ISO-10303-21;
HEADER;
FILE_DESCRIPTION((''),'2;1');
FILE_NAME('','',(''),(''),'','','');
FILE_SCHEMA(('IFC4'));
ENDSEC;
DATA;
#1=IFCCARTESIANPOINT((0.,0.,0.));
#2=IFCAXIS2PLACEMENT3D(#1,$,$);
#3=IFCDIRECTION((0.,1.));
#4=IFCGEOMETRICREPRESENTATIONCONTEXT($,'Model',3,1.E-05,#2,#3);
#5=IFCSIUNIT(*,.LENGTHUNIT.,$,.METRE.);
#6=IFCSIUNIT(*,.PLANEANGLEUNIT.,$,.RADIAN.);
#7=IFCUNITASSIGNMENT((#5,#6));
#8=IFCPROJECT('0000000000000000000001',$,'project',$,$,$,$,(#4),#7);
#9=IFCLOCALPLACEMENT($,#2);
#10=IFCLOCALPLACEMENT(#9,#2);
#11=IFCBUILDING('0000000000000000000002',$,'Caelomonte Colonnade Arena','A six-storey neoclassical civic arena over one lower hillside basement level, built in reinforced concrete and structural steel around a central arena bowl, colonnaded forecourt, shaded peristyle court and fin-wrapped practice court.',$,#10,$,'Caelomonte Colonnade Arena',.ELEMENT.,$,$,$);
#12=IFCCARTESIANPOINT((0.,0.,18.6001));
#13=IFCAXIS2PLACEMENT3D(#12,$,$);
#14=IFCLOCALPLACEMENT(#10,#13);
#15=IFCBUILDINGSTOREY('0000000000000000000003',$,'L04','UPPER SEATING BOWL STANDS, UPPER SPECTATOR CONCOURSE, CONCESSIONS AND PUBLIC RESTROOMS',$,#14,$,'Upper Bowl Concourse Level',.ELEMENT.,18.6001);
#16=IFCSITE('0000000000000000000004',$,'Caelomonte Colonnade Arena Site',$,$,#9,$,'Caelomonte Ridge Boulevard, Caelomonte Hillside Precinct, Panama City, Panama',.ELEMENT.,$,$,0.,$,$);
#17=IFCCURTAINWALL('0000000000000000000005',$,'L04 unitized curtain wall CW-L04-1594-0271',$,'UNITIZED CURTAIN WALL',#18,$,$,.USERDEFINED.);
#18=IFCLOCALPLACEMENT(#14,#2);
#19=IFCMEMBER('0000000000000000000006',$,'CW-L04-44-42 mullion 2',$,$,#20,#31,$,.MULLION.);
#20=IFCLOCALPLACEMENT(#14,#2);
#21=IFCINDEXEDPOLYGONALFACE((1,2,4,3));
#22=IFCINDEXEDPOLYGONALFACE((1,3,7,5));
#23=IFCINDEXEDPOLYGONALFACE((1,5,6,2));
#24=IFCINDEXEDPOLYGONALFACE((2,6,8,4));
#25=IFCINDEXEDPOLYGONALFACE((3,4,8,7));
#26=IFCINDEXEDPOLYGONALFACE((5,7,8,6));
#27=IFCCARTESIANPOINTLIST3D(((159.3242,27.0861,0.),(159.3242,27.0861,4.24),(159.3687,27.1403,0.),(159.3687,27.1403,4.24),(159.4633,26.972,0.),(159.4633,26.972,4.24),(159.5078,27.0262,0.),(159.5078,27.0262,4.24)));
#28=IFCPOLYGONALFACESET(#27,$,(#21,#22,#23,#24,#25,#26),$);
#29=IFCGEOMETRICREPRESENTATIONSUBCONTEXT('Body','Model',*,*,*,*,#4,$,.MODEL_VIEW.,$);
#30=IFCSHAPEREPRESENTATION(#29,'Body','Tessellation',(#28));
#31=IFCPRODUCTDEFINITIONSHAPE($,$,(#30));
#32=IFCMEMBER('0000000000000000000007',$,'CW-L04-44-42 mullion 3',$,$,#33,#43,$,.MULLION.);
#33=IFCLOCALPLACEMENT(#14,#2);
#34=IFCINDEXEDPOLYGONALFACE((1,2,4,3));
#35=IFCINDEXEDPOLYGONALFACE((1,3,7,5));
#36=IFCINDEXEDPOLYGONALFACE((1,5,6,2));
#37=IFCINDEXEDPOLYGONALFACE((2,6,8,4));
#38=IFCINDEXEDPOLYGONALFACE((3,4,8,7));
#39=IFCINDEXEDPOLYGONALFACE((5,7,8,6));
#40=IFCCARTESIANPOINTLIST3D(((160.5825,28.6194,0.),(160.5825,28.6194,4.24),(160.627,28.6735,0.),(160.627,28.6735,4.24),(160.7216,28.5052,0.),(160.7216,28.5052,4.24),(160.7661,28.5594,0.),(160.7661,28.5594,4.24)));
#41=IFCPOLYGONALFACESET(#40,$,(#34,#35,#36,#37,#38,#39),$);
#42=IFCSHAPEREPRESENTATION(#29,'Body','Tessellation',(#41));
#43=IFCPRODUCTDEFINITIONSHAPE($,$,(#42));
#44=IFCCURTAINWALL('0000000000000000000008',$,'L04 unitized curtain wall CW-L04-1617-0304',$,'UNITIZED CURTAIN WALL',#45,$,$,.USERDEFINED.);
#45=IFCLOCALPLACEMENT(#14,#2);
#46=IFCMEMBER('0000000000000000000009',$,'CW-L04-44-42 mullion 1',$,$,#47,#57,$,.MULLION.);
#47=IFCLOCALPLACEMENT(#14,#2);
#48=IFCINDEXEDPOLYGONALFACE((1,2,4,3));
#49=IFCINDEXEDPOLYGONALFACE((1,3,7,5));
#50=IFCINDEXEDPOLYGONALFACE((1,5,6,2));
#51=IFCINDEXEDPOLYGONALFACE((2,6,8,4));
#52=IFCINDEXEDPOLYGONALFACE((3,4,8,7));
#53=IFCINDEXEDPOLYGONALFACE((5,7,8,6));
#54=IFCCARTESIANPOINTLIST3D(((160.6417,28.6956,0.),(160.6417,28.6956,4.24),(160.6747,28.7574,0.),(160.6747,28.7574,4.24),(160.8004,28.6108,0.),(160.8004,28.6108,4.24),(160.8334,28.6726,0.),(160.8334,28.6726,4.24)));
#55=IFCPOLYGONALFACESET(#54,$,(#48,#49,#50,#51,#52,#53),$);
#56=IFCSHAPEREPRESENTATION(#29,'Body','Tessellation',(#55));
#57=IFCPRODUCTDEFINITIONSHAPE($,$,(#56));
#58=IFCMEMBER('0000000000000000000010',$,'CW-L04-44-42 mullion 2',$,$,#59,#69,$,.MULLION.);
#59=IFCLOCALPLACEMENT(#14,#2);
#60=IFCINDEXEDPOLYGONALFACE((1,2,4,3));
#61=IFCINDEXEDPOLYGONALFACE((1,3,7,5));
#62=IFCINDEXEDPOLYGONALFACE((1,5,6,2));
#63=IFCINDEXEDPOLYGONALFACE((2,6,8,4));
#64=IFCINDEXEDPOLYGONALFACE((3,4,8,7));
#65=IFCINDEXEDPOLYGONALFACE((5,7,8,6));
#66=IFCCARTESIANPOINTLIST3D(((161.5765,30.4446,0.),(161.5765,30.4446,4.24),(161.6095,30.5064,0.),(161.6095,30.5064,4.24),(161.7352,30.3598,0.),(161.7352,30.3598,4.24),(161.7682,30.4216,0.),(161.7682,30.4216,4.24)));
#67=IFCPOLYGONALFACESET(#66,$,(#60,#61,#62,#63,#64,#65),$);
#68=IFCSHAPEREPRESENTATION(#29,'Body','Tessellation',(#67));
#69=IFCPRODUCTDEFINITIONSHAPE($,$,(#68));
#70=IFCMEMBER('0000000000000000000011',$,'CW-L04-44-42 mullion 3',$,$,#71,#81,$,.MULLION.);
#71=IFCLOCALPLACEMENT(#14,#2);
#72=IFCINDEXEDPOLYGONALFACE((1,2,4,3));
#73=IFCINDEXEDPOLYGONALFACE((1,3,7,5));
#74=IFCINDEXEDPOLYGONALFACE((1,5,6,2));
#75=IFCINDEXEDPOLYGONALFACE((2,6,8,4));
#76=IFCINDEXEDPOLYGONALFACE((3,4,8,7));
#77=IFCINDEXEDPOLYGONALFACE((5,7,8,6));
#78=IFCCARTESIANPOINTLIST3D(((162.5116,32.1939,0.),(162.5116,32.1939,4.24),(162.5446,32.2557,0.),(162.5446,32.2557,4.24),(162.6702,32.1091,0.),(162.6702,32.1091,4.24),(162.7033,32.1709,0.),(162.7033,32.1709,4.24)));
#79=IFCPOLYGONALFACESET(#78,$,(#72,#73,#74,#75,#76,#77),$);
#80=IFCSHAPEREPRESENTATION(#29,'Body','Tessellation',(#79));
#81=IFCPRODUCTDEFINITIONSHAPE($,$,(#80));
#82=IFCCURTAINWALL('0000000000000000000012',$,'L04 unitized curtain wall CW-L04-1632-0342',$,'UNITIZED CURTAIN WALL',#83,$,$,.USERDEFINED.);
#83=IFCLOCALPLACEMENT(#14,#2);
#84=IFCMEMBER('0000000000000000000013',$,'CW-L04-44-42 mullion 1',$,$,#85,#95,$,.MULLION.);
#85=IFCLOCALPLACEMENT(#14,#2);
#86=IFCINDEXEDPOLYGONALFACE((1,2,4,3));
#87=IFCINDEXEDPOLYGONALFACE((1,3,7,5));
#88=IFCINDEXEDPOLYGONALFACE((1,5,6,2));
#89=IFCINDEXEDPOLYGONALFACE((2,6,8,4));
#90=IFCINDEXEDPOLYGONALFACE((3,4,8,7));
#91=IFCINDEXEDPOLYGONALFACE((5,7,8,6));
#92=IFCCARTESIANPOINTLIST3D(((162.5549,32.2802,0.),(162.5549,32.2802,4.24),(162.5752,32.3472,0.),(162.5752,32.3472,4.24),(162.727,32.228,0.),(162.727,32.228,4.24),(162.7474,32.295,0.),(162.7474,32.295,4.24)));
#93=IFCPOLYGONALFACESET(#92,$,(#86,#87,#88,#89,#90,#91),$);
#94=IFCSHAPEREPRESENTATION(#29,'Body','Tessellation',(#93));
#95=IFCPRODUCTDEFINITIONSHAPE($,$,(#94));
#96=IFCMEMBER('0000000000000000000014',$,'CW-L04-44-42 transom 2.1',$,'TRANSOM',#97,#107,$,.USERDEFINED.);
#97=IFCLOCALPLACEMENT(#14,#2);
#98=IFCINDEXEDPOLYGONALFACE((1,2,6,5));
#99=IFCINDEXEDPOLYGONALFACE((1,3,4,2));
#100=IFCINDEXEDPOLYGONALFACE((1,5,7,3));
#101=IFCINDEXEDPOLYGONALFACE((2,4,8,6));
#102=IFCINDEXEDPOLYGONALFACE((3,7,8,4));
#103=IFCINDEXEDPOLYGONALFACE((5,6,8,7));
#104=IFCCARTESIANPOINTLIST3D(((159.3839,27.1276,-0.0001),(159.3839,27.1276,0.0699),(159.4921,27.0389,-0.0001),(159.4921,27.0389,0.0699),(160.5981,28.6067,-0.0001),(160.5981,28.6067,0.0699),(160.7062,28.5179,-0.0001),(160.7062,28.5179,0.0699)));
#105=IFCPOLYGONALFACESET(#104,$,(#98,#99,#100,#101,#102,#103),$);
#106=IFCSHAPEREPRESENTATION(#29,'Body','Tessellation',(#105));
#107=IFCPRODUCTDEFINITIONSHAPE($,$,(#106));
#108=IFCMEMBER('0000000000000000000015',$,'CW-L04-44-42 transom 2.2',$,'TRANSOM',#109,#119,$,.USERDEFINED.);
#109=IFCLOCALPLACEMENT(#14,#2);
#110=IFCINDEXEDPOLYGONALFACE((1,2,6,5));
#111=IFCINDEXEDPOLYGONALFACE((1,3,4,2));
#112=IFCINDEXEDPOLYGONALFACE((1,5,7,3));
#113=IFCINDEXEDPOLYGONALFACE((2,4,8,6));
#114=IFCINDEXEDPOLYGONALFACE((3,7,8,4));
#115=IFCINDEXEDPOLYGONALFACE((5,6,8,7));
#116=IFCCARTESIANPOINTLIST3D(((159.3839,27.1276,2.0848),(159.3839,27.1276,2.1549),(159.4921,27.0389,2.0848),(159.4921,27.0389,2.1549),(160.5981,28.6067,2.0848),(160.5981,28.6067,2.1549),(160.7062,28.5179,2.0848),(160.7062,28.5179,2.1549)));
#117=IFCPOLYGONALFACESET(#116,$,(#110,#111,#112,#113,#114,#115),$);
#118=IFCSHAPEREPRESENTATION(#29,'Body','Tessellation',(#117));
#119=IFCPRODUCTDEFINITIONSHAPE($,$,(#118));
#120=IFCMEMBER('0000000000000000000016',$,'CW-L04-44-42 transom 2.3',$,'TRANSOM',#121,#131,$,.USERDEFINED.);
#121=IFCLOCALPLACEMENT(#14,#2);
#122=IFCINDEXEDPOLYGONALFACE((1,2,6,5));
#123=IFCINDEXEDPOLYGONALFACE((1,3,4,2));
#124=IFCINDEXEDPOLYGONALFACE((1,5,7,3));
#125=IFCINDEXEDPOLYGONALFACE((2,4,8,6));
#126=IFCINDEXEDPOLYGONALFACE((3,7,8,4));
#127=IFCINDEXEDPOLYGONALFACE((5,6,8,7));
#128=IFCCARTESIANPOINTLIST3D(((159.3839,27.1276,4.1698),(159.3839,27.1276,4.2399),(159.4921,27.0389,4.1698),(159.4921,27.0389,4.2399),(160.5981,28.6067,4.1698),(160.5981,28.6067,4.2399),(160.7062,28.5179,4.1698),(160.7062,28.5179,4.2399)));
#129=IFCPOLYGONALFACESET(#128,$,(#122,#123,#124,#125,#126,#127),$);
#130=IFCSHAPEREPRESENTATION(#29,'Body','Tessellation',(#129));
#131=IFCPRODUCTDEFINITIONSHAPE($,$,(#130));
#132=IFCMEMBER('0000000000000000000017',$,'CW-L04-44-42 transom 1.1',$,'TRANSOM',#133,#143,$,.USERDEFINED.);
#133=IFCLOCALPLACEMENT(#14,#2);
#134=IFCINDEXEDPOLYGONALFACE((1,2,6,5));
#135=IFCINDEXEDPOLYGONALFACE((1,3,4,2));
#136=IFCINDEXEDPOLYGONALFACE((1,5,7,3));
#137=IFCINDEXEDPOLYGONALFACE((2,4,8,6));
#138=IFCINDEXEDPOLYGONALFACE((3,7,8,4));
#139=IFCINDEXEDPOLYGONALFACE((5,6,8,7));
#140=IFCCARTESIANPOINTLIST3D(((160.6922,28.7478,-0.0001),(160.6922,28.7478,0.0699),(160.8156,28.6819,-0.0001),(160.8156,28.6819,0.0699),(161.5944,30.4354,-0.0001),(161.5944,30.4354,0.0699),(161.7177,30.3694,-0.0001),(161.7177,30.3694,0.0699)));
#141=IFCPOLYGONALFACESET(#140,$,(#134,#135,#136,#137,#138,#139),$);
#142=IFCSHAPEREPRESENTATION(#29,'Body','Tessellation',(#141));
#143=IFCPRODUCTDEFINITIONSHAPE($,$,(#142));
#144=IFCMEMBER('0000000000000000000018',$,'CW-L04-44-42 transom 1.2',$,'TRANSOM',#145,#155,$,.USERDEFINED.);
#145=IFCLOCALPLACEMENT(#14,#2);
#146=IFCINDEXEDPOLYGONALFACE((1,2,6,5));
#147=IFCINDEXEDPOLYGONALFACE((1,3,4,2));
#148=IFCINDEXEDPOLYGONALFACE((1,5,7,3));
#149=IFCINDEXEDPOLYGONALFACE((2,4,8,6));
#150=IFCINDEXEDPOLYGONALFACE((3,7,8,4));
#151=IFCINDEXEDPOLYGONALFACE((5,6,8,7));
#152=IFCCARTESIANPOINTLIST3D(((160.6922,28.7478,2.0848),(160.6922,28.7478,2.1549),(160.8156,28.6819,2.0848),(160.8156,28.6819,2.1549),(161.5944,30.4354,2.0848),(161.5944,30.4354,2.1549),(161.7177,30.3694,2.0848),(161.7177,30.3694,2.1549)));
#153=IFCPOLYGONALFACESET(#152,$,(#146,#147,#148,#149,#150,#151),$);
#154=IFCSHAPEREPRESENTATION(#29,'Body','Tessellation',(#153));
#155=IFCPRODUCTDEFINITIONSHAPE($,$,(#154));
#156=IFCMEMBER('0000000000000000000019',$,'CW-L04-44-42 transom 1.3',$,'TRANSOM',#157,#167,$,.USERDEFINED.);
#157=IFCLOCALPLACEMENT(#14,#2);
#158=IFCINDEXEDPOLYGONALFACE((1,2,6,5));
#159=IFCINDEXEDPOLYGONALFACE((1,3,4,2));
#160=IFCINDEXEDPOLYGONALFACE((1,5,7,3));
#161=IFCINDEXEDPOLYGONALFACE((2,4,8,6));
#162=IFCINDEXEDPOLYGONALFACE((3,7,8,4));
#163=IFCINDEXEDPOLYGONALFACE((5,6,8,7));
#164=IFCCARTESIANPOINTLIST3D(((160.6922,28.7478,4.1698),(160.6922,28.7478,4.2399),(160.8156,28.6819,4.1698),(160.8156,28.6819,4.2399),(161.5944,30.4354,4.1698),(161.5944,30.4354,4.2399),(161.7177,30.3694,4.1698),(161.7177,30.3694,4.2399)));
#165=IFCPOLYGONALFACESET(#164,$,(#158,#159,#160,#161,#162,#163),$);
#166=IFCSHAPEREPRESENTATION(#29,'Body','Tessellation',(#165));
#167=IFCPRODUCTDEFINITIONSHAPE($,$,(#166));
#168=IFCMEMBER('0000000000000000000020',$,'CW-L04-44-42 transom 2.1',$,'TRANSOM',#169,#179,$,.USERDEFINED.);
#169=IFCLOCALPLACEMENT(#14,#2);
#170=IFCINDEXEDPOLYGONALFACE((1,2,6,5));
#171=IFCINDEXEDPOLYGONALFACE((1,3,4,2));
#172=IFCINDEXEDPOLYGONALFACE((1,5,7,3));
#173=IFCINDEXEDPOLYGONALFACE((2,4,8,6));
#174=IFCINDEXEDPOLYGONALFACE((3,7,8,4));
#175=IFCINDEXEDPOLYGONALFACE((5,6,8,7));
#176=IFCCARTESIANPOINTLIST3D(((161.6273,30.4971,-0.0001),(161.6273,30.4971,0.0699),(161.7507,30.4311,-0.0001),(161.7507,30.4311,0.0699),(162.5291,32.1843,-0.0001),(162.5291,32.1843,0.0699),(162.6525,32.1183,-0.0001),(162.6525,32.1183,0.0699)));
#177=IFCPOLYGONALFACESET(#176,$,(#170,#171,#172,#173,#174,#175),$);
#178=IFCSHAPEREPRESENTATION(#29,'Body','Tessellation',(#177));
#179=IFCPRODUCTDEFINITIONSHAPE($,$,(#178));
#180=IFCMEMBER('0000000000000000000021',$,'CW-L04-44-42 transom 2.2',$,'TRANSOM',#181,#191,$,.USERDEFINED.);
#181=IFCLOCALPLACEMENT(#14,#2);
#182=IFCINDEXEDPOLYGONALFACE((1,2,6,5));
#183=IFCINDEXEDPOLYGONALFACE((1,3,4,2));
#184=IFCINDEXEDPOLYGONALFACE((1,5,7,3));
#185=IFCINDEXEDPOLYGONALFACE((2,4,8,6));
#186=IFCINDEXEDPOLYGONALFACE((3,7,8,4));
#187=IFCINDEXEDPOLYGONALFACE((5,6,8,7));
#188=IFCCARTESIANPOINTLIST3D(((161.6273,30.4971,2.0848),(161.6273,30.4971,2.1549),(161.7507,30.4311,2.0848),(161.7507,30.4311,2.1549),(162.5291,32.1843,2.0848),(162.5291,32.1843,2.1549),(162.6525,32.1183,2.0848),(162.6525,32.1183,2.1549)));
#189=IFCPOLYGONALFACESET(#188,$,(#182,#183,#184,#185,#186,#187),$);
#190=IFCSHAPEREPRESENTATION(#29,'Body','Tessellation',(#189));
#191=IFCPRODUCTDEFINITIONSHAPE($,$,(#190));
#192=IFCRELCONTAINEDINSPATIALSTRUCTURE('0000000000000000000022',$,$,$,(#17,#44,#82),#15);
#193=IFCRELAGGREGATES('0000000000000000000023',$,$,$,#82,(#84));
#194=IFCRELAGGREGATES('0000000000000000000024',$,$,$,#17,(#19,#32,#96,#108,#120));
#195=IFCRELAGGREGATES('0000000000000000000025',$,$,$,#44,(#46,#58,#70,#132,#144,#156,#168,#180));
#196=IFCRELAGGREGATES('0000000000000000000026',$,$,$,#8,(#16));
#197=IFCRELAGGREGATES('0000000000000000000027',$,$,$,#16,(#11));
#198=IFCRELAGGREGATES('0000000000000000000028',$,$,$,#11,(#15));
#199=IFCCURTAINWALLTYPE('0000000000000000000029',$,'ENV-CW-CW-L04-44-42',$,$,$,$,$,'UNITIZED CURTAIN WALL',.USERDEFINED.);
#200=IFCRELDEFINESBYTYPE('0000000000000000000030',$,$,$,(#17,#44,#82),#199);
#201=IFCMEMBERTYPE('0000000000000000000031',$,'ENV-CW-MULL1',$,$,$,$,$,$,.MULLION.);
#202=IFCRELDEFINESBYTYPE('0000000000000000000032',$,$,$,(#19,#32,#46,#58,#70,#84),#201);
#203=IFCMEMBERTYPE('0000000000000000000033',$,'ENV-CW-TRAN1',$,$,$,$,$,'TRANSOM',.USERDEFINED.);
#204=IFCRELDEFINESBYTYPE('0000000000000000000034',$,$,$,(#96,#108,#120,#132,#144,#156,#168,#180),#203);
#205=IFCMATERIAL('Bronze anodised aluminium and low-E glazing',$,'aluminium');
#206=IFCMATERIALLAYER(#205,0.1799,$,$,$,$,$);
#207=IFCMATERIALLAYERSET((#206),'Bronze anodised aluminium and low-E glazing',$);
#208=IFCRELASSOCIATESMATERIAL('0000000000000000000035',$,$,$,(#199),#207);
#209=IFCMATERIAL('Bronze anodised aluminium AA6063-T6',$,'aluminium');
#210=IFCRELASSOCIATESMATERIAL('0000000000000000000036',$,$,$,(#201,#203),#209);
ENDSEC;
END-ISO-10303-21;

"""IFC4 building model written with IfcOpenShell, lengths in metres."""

from ifc_helpers import new_model, si_unit, direction, frame, origin, origin_2d, place, context, subcontext, project, spatial, rectangle, extrude, material, layer, layer_set, material_profile, profile_set, type_object, element, aggregate, save


model = new_model("IFC4")

# Units and contexts
model_context = context("Model", 3, precision=1e-05, world=origin(), true_north=direction((0.0, 1.0)))
body_context = subcontext(model_context, "Body", "Model", "MODEL_VIEW")
ifc_project = project(units=[si_unit("LENGTHUNIT", "METRE"), si_unit("PLANEANGLEUNIT", "RADIAN")], contexts=[model_context])

# Site, building, storey
site_placement = place(None, origin())
site = spatial("IfcSite", under=ifc_project, at=site_placement, Name="Caelomonte Colonnade Arena Site", LongName="Caelomonte Ridge Boulevard, Caelomonte Hillside Precinct, Panama City, Panama", CompositionType="ELEMENT", RefElevation=0.0)
building_placement = place(site_placement, origin())
building = spatial("IfcBuilding", under=site, at=building_placement, Name="Caelomonte Colonnade Arena", Description="A six-storey neoclassical civic arena over one lower hillside basement level, built in reinforced concrete and structural steel around a central arena bowl, colonnaded forecourt, shaded peristyle court and fin-wrapped practice court.", LongName="Caelomonte Colonnade Arena", CompositionType="ELEMENT")
storey_placement = place(building_placement, frame((0.0, 0.0, 18.6001)))
storey = spatial("IfcBuildingStorey", under=building, at=storey_placement, Name="L04", Description="UPPER SEATING BOWL STANDS, UPPER SPECTATOR CONCOURSE, CONCESSIONS AND PUBLIC RESTROOMS", LongName="Upper Bowl Concourse Level", CompositionType="ELEMENT", Elevation=18.6001)

# Curtain walls, members
ifc_material_1 = material(Name="Bronze anodised aluminium and low-E glazing", Category="aluminium")
ifc_layer_1 = layer(ifc_material_1, 0.1799)
ifc_layer_set_1 = layer_set([ifc_layer_1], Name="Bronze anodised aluminium and low-E glazing")
curtain_wall_type = type_object("IfcCurtainWallType", Name="ENV-CW-CW-L04-44-42", ElementType="UNITIZED CURTAIN WALL", PredefinedType="USERDEFINED", material=ifc_layer_set_1)
curtain_wall_1_placement = place(storey_placement, origin())
curtain_wall_1 = element("IfcCurtainWall", 1, at=curtain_wall_1_placement, inside=storey, type_object=curtain_wall_type, Name="L04 unitized curtain wall CW-L04-1594-0271", ObjectType="UNITIZED CURTAIN WALL", PredefinedType="USERDEFINED")
ifc_material_2 = material(Name="Bronze anodised aluminium AA6063-T6", Category="aluminium")
ifc_material_profile_1 = material_profile(ifc_material_2, rectangle(XDim=0.0701, YDim=0.1799, at=origin_2d()), Name="CWM-70X180")
ifc_profile_set_1 = profile_set([ifc_material_profile_1], Name="Bronze anodised aluminium AA6063-T6")
member_type_1 = type_object("IfcMemberType", Name="ENV-CW-MULL1", PredefinedType="MULLION", material=ifc_profile_set_1)
member_1_placement = place(storey_placement, frame((159.416, 27.0562, 0.0), z_axis=(0.0, 0.0, 1.0), x_axis=(0.634416, 0.772992, 0.0)))
member_1 = element("IfcMember", 2, at=member_1_placement, type_object=member_type_1, Name="CW-L04-44-42 mullion 2", PredefinedType="MULLION", context=body_context, shape_type="SweptSolid", body=[
    extrude(rectangle(XDim=0.0701, YDim=0.1799, at=origin_2d()), origin(), (0.0, 0.0, 1.0), 4.24),
])
member_2_placement = place(storey_placement, frame((160.6743, 28.5894, 0.0), z_axis=(0.0, 0.0, 1.0), x_axis=(0.634416, 0.772992, 0.0)))
member_2 = element("IfcMember", 3, at=member_2_placement, type_object=member_type_1, Name="CW-L04-44-42 mullion 3", PredefinedType="MULLION", context=body_context, shape_type="SweptSolid", body=[
    extrude(rectangle(XDim=0.0701, YDim=0.1799, at=origin_2d()), origin(), (0.0, 0.0, 1.0), 4.24),
])
curtain_wall_2_placement = place(storey_placement, origin())
curtain_wall_2 = element("IfcCurtainWall", 4, at=curtain_wall_2_placement, inside=storey, type_object=curtain_wall_type, Name="L04 unitized curtain wall CW-L04-1617-0304", ObjectType="UNITIZED CURTAIN WALL", PredefinedType="USERDEFINED")
member_3_placement = place(storey_placement, frame((160.7375, 28.6841, 0.0), z_axis=(0.0, 0.0, 1.0), x_axis=(0.471394, 0.881923, 0.0)))
member_3 = element("IfcMember", 5, at=member_3_placement, type_object=member_type_1, Name="CW-L04-44-42 mullion 1", PredefinedType="MULLION", context=body_context, shape_type="SweptSolid", body=[
    extrude(rectangle(XDim=0.0701, YDim=0.1799, at=origin_2d()), origin(), (0.0, 0.0, 1.0), 4.24),
])
member_4_placement = place(storey_placement, frame((161.6724, 30.4331, 0.0), z_axis=(0.0, 0.0, 1.0), x_axis=(0.471394, 0.881923, 0.0)))
member_4 = element("IfcMember", 6, at=member_4_placement, type_object=member_type_1, Name="CW-L04-44-42 mullion 2", PredefinedType="MULLION", context=body_context, shape_type="SweptSolid", body=[
    extrude(rectangle(XDim=0.0701, YDim=0.1799, at=origin_2d()), origin(), (0.0, 0.0, 1.0), 4.24),
])
member_5_placement = place(storey_placement, frame((162.6074, 32.1824, 0.0), z_axis=(0.0, 0.0, 1.0), x_axis=(0.471394, 0.881923, 0.0)))
member_5 = element("IfcMember", 7, at=member_5_placement, type_object=member_type_1, Name="CW-L04-44-42 mullion 3", PredefinedType="MULLION", context=body_context, shape_type="SweptSolid", body=[
    extrude(rectangle(XDim=0.0701, YDim=0.1799, at=origin_2d()), origin(), (0.0, 0.0, 1.0), 4.24),
])

# Curtain wall, member
curtain_wall_3_placement = place(storey_placement, origin())
curtain_wall_3 = element("IfcCurtainWall", 8, at=curtain_wall_3_placement, inside=storey, type_object=curtain_wall_type, Name="L04 unitized curtain wall CW-L04-1632-0342", ObjectType="UNITIZED CURTAIN WALL", PredefinedType="USERDEFINED")
member_6_placement = place(storey_placement, frame((162.6511, 32.2876, 0.0), z_axis=(0.0, 0.0, 1.0), x_axis=(0.290256, 0.956949, 0.0)))
member_6 = element("IfcMember", 9, at=member_6_placement, type_object=member_type_1, Name="CW-L04-44-42 mullion 1", PredefinedType="MULLION", context=body_context, shape_type="SweptSolid", body=[
    extrude(rectangle(XDim=0.0701, YDim=0.1799, at=origin_2d()), origin(), (0.0, 0.0, 1.0), 4.24),
])

# Members
ifc_material_profile_2 = material_profile(ifc_material_2, rectangle(XDim=0.0701, YDim=0.1399, at=origin_2d()), Name="CWT-70X140")
ifc_profile_set_2 = profile_set([ifc_material_profile_2], Name="Bronze anodised aluminium AA6063-T6")
member_type_2 = type_object("IfcMemberType", Name="ENV-CW-TRAN1", ElementType="TRANSOM", PredefinedType="USERDEFINED", material=ifc_profile_set_2)
member_7_placement = place(storey_placement, frame((159.438, 27.0833, 0.0349), z_axis=(0.634495, 0.772927, 0.0), x_axis=(0.0, 0.0, 1.0)))
member_7 = element("IfcMember", 10, at=member_7_placement, type_object=member_type_2, Name="CW-L04-44-42 transom 2.1", ObjectType="TRANSOM", PredefinedType="USERDEFINED", context=body_context, shape_type="SweptSolid", body=[
    extrude(rectangle(XDim=0.0701, YDim=0.1399, at=origin_2d()), origin(), (0.0, 0.0, 1.0), 1.9136),
])
member_8_placement = place(storey_placement, frame((159.438, 27.0833, 2.1199), z_axis=(0.634495, 0.772927, 0.0), x_axis=(0.0, 0.0, 1.0)))
member_8 = element("IfcMember", 11, at=member_8_placement, type_object=member_type_2, Name="CW-L04-44-42 transom 2.2", ObjectType="TRANSOM", PredefinedType="USERDEFINED", context=body_context, shape_type="SweptSolid", body=[
    extrude(rectangle(XDim=0.0701, YDim=0.1399, at=origin_2d()), origin(), (0.0, 0.0, 1.0), 1.9136),
])
member_9_placement = place(storey_placement, frame((159.438, 27.0833, 4.2048), z_axis=(0.634495, 0.772927, 0.0), x_axis=(0.0, 0.0, 1.0)))
member_9 = element("IfcMember", 12, at=member_9_placement, type_object=member_type_2, Name="CW-L04-44-42 transom 2.3", ObjectType="TRANSOM", PredefinedType="USERDEFINED", context=body_context, shape_type="SweptSolid", body=[
    extrude(rectangle(XDim=0.0701, YDim=0.1399, at=origin_2d()), origin(), (0.0, 0.0, 1.0), 1.9136),
])
member_10_placement = place(storey_placement, frame((160.7539, 28.7148, 0.0349), z_axis=(0.471442, 0.881897, 0.0), x_axis=(0.0, 0.0, 1.0)))
member_10 = element("IfcMember", 13, at=member_10_placement, type_object=member_type_2, Name="CW-L04-44-42 transom 1.1", ObjectType="TRANSOM", PredefinedType="USERDEFINED", context=body_context, shape_type="SweptSolid", body=[
    extrude(rectangle(XDim=0.0701, YDim=0.1399, at=origin_2d()), origin(), (0.0, 0.0, 1.0), 1.9136),
])
member_11_placement = place(storey_placement, frame((160.7539, 28.7148, 2.1199), z_axis=(0.471442, 0.881897, 0.0), x_axis=(0.0, 0.0, 1.0)))
member_11 = element("IfcMember", 14, at=member_11_placement, type_object=member_type_2, Name="CW-L04-44-42 transom 1.2", ObjectType="TRANSOM", PredefinedType="USERDEFINED", context=body_context, shape_type="SweptSolid", body=[
    extrude(rectangle(XDim=0.0701, YDim=0.1399, at=origin_2d()), origin(), (0.0, 0.0, 1.0), 1.9136),
])
member_12_placement = place(storey_placement, frame((160.7539, 28.7148, 4.2048), z_axis=(0.471442, 0.881897, 0.0), x_axis=(0.0, 0.0, 1.0)))
member_12 = element("IfcMember", 15, at=member_12_placement, type_object=member_type_2, Name="CW-L04-44-42 transom 1.3", ObjectType="TRANSOM", PredefinedType="USERDEFINED", context=body_context, shape_type="SweptSolid", body=[
    extrude(rectangle(XDim=0.0701, YDim=0.1399, at=origin_2d()), origin(), (0.0, 0.0, 1.0), 1.9136),
])
member_13_placement = place(storey_placement, frame((161.689, 30.4641, 0.0349), z_axis=(0.471396, 0.881922, 0.0), x_axis=(0.0, 0.0, 1.0)))
member_13 = element("IfcMember", 16, at=member_13_placement, type_object=member_type_2, Name="CW-L04-44-42 transom 2.1", ObjectType="TRANSOM", PredefinedType="USERDEFINED", context=body_context, shape_type="SweptSolid", body=[
    extrude(rectangle(XDim=0.0701, YDim=0.1399, at=origin_2d()), origin(), (0.0, 0.0, 1.0), 1.9131),
])
member_14_placement = place(storey_placement, frame((161.689, 30.4641, 2.1199), z_axis=(0.471396, 0.881922, 0.0), x_axis=(0.0, 0.0, 1.0)))
member_14 = element("IfcMember", 17, at=member_14_placement, type_object=member_type_2, Name="CW-L04-44-42 transom 2.2", ObjectType="TRANSOM", PredefinedType="USERDEFINED", context=body_context, shape_type="SweptSolid", body=[
    extrude(rectangle(XDim=0.0701, YDim=0.1399, at=origin_2d()), origin(), (0.0, 0.0, 1.0), 1.9131),
])
aggregate(curtain_wall_3, [member_6])

aggregate(curtain_wall_1, [member_1, member_2, member_7, member_8, member_9])
aggregate(curtain_wall_2, [member_3, member_4, member_5, member_10, member_11, member_12, member_13, member_14])

save(model, "model.ifc")
